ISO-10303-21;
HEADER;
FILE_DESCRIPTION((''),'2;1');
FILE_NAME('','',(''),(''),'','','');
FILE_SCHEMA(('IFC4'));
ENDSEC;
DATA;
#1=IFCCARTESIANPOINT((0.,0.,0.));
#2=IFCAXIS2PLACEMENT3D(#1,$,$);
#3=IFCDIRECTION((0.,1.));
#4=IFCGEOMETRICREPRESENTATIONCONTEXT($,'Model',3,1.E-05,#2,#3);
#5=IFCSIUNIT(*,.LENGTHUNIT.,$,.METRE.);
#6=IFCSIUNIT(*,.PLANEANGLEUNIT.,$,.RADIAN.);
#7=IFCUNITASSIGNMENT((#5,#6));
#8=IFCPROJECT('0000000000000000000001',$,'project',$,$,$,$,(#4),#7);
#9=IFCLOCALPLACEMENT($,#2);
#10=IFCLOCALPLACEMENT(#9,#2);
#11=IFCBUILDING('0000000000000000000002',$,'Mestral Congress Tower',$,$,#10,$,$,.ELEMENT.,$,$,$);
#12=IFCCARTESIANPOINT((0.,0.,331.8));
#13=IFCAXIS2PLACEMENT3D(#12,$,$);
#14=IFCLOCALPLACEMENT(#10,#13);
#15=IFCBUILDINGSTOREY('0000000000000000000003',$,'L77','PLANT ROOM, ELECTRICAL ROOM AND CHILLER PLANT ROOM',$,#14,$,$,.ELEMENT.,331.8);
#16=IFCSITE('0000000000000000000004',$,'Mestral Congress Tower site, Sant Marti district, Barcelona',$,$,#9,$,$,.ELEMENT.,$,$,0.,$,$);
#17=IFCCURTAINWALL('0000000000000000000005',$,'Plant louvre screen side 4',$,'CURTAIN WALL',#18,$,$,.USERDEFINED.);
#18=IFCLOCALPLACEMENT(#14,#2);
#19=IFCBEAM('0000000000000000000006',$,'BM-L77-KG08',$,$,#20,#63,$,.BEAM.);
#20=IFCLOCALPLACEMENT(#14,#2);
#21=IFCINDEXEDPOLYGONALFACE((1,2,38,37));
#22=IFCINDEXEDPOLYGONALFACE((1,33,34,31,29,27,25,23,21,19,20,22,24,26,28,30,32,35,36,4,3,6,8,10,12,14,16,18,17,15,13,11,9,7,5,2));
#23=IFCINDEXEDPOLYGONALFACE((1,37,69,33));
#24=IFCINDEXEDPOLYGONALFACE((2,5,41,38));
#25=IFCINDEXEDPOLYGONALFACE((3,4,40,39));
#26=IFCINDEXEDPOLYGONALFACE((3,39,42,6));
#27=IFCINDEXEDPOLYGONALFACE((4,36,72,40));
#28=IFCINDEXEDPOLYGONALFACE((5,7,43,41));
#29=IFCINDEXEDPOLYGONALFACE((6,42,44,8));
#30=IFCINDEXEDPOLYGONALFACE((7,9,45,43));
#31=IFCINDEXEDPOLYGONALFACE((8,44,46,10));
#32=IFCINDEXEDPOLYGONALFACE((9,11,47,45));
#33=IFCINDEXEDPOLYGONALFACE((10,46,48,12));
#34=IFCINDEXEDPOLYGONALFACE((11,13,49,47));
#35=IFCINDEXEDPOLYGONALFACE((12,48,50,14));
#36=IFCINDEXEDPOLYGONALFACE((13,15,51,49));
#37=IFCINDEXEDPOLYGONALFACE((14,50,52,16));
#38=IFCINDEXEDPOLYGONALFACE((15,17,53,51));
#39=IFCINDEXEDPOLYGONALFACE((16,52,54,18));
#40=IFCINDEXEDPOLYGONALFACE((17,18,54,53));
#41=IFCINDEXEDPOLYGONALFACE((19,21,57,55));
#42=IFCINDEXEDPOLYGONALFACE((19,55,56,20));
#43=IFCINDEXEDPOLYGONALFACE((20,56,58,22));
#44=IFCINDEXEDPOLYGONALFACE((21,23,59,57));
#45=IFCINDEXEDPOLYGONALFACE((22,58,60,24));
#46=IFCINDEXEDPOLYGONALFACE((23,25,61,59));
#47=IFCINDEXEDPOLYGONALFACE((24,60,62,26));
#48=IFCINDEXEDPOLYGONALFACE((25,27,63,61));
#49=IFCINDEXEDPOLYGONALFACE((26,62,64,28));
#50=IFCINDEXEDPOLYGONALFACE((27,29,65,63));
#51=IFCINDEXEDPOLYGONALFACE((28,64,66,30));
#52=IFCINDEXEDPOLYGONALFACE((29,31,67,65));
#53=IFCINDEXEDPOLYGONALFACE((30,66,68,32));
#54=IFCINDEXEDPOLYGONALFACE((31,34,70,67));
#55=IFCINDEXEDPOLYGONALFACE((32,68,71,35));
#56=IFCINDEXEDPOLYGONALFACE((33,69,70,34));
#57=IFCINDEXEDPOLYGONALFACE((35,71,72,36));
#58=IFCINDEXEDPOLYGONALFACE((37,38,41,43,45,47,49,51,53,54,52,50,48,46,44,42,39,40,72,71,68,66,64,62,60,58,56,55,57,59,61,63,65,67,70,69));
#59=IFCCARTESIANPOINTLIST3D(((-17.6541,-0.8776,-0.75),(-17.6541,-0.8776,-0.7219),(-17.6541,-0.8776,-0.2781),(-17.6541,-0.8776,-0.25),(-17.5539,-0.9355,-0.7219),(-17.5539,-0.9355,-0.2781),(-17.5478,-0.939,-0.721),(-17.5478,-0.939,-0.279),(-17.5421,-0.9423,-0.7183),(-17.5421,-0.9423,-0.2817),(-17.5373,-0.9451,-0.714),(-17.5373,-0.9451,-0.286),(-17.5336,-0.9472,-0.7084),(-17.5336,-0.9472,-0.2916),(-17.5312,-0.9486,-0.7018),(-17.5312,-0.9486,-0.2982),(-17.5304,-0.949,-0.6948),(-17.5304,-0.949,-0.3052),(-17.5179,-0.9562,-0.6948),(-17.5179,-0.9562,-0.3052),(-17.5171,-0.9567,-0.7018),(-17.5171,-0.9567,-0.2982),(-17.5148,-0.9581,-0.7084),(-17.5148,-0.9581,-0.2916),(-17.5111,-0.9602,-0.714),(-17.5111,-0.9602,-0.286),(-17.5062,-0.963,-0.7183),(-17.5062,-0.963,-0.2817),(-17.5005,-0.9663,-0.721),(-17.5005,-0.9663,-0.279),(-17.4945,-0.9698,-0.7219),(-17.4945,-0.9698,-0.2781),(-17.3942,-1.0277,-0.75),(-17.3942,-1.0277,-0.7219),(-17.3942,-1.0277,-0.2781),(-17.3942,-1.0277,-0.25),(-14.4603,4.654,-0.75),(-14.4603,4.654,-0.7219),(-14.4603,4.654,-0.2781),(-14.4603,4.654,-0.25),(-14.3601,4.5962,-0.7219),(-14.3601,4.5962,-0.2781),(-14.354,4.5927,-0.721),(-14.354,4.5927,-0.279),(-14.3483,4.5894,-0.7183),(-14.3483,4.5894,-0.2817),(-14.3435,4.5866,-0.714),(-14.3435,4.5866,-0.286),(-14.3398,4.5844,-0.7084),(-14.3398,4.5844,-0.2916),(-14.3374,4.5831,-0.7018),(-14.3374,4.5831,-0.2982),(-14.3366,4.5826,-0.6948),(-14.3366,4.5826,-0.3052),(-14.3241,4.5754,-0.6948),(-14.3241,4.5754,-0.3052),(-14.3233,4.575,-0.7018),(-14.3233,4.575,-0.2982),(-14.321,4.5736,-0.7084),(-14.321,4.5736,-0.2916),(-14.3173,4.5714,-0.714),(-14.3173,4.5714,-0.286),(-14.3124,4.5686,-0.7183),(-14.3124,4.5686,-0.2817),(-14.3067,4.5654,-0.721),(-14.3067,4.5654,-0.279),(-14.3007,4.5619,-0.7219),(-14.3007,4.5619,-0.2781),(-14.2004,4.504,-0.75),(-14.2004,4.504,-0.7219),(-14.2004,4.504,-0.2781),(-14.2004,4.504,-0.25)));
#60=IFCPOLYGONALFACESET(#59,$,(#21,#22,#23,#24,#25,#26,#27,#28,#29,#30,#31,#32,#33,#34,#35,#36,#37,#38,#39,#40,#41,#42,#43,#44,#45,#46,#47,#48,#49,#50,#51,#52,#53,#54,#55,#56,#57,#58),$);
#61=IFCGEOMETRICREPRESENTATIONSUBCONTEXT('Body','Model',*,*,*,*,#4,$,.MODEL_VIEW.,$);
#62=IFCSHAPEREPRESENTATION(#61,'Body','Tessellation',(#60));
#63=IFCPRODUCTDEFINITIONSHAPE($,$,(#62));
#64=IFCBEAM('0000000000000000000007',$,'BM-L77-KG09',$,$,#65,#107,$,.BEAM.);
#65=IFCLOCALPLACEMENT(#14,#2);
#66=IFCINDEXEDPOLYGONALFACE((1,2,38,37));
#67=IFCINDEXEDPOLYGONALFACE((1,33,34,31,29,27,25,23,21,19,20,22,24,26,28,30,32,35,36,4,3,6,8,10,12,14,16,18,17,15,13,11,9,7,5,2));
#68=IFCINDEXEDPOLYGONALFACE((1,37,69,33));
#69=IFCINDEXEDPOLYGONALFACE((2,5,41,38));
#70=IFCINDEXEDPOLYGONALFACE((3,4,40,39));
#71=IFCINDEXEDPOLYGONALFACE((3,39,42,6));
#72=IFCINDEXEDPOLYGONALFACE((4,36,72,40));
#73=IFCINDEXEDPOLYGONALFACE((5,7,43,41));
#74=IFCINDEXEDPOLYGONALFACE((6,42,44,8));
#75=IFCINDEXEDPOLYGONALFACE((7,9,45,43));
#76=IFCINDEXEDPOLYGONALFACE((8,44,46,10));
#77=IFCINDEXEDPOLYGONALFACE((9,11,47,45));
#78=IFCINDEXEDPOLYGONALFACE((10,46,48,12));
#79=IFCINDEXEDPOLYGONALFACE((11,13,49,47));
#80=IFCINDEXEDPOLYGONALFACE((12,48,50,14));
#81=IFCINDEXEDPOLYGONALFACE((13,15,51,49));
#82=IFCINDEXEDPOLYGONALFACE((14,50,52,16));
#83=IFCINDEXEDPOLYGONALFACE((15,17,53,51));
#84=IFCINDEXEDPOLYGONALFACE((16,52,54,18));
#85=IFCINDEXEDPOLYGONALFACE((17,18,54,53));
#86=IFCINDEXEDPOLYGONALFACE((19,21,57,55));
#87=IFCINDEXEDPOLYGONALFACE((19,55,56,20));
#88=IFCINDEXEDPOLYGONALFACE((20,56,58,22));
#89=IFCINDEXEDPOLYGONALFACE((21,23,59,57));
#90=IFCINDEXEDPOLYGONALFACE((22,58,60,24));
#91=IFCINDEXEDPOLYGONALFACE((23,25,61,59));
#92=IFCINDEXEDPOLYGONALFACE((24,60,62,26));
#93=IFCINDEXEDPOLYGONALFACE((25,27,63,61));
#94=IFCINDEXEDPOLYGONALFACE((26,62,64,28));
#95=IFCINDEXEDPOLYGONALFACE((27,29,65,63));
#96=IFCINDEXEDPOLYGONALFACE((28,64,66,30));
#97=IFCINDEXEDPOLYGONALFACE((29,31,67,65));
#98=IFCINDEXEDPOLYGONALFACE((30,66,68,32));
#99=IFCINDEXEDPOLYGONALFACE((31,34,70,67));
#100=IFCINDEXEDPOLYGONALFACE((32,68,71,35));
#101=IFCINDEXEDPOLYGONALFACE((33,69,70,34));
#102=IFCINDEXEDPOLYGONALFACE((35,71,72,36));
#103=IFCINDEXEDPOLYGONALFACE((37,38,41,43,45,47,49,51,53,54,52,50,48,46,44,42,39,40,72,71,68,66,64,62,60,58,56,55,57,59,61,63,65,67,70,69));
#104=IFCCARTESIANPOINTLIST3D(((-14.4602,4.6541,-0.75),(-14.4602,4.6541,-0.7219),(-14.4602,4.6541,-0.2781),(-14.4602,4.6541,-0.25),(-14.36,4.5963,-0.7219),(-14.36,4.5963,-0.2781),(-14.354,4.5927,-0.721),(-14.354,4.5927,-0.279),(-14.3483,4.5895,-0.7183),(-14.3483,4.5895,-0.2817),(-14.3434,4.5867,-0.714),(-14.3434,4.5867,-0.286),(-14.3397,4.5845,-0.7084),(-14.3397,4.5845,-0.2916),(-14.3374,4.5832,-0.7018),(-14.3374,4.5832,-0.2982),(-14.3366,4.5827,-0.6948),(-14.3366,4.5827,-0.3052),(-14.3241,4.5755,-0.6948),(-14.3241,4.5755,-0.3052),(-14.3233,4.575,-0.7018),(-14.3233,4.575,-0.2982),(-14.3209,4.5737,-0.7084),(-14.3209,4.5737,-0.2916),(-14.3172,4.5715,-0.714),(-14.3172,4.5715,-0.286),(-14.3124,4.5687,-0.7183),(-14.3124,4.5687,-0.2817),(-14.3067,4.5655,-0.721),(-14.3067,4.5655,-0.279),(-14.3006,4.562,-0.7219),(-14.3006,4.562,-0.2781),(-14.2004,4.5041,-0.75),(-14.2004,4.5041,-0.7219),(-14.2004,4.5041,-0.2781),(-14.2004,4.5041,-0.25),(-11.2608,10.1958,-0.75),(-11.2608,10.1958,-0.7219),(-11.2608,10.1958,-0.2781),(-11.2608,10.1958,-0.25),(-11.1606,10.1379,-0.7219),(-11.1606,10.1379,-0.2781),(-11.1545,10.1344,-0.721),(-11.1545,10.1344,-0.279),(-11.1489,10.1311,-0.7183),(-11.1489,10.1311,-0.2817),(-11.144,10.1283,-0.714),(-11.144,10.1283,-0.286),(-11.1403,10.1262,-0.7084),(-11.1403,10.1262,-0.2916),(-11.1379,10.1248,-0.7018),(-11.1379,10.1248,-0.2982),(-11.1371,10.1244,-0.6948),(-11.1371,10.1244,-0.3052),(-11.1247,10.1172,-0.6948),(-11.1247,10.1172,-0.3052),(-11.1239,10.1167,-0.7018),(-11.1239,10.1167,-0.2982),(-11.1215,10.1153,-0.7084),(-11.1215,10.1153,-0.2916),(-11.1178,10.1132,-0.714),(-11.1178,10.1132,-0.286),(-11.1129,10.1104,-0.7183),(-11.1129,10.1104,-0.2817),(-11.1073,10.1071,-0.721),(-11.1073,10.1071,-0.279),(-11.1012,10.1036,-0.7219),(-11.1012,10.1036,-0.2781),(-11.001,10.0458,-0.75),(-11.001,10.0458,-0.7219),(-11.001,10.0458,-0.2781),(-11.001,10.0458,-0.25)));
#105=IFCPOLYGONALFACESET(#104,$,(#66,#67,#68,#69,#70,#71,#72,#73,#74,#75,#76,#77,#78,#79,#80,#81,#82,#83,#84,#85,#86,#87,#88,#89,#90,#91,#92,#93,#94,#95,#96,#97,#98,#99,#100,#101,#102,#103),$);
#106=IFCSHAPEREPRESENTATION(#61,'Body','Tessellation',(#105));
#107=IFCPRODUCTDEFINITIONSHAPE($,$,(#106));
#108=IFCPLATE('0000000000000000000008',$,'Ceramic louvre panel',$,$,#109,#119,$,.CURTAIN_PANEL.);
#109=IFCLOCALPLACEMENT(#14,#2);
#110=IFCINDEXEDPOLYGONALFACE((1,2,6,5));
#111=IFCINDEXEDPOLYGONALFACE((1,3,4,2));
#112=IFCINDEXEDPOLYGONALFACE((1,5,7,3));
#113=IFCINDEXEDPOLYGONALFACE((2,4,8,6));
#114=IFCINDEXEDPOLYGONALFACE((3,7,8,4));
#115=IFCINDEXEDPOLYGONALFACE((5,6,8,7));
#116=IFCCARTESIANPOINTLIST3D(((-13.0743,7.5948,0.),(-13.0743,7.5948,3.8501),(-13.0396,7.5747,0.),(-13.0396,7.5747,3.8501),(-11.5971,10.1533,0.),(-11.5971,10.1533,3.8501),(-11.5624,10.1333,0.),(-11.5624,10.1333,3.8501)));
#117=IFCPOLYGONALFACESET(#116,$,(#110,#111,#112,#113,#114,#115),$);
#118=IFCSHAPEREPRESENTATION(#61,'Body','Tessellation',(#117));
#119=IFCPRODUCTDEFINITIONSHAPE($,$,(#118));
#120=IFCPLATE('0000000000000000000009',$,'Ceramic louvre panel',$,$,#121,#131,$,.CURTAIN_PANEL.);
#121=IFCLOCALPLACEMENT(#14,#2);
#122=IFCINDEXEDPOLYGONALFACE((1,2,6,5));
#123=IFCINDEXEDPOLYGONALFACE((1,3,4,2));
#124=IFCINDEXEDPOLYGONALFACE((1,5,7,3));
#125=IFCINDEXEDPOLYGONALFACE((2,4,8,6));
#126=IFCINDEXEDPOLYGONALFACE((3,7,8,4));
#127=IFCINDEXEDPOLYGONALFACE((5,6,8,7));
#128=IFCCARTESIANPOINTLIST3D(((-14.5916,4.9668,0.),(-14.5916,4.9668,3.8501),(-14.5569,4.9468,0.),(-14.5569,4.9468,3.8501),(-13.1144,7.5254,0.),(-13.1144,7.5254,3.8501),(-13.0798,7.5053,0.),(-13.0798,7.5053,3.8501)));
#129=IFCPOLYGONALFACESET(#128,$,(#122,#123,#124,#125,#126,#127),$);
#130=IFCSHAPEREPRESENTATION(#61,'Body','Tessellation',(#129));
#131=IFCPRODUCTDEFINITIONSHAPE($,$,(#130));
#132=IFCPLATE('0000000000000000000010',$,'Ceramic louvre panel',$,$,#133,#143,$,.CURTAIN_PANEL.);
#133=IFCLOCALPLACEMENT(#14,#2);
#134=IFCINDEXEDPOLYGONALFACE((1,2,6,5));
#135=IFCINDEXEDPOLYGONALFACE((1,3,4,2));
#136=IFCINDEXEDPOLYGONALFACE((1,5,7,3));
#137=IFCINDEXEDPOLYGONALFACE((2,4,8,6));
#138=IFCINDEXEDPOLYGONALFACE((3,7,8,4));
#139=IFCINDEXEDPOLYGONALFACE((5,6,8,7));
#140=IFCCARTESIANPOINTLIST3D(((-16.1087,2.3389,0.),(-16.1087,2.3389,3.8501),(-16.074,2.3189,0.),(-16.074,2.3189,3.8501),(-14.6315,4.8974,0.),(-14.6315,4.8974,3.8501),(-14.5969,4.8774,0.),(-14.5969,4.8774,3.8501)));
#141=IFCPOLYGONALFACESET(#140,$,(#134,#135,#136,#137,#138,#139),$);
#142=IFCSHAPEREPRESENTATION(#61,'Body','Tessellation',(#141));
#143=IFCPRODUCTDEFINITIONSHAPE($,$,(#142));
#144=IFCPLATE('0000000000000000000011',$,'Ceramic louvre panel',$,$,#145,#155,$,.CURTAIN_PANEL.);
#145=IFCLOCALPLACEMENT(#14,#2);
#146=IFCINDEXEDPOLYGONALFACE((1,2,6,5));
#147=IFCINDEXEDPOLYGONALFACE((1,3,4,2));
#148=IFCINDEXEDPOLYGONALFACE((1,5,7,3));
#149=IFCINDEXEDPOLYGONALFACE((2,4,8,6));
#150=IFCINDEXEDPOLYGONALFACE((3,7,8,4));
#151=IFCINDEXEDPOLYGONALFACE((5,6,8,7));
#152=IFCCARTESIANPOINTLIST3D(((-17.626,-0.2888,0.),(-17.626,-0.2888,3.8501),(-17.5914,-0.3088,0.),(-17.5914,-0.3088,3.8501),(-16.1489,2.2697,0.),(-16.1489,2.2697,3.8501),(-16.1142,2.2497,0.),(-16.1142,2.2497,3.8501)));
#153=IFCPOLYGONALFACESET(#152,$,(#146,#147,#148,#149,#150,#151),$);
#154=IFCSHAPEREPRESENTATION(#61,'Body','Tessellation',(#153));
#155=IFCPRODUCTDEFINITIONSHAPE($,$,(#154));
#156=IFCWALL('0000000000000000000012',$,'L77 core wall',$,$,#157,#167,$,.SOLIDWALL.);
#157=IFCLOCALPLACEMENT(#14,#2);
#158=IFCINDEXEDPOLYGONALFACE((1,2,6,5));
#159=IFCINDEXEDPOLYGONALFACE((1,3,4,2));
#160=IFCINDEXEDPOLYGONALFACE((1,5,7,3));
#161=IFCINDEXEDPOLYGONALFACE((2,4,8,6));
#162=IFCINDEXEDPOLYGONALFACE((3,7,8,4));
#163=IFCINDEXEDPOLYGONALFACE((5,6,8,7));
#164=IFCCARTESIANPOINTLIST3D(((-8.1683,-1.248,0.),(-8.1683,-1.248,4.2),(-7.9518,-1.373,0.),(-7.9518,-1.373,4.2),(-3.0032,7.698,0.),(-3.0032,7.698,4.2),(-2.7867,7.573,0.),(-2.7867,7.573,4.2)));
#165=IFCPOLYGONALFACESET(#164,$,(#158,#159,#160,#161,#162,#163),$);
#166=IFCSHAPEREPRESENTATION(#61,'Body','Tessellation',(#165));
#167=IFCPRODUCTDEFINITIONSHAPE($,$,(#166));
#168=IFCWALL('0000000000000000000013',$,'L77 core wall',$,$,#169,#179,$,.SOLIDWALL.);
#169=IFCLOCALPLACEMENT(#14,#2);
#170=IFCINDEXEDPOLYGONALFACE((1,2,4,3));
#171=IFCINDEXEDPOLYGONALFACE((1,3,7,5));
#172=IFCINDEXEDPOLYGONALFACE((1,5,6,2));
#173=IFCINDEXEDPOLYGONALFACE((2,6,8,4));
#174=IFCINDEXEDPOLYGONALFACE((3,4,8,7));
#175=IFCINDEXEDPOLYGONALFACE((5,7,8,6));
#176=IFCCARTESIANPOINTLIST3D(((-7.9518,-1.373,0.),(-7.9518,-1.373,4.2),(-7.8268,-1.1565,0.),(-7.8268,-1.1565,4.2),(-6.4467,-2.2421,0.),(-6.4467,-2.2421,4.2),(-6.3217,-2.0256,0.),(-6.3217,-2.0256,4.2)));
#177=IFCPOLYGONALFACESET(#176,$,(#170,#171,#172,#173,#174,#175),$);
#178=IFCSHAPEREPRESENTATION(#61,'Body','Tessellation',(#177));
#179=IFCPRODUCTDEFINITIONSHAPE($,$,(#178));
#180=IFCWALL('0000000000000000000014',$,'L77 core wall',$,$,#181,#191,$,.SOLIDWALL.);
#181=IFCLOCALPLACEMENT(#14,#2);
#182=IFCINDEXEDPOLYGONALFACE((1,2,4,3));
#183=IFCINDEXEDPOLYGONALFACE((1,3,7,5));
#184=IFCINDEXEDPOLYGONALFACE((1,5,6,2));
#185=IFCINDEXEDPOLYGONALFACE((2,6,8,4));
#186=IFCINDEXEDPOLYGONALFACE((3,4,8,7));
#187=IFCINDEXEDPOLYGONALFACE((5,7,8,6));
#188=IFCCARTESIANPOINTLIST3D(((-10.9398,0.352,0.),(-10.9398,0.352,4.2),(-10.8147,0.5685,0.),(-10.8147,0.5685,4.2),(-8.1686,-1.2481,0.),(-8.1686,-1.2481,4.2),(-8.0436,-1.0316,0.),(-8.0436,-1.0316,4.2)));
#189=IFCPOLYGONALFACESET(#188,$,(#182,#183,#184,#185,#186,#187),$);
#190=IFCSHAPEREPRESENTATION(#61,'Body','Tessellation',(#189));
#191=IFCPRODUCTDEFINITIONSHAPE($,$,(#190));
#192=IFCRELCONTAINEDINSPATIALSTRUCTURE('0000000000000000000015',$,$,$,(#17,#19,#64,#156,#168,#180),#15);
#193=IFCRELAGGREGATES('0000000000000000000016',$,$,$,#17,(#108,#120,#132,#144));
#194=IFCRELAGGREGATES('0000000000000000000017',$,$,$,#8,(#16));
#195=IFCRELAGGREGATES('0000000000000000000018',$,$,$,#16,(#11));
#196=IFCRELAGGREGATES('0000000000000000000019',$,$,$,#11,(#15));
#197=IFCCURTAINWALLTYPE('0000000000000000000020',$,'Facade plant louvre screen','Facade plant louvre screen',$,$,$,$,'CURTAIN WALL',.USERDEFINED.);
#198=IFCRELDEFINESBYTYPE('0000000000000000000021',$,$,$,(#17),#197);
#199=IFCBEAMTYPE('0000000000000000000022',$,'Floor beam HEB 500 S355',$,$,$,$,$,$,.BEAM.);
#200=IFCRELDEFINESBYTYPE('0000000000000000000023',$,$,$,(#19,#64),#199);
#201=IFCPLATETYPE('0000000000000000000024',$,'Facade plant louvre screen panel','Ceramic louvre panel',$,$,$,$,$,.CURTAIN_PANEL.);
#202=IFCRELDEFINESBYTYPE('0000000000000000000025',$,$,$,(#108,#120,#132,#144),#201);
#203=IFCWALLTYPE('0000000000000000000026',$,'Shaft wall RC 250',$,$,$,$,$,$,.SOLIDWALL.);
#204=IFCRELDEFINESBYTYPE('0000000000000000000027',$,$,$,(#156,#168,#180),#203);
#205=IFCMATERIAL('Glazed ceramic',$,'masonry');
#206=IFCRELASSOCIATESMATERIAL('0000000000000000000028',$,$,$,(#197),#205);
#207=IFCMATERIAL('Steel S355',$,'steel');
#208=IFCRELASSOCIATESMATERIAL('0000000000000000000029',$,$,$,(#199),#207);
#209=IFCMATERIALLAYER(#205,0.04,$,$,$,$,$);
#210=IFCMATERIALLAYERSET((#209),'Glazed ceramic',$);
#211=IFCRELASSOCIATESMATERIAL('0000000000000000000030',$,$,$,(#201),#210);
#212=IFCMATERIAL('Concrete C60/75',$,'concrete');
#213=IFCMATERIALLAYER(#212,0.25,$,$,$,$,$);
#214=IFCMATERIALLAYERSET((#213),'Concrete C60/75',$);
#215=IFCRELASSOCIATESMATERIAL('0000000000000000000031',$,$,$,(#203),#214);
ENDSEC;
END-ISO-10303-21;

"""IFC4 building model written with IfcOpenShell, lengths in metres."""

from ifc_helpers import new_model, si_unit, direction, frame, frame_2d, origin, origin_2d, place, context, subcontext, project, spatial, rectangle, i_section, extrude, material, layer, layer_set, material_profile, profile_set, type_object, element, aggregate, save


model = new_model("IFC4")

# Units and contexts
model_context = context("Model", 3, precision=1e-05, world=origin(), true_north=direction((0.0, 1.0)))
body_context = subcontext(model_context, "Body", "Model", "MODEL_VIEW")
ifc_project = project(units=[si_unit("LENGTHUNIT", "METRE"), si_unit("PLANEANGLEUNIT", "RADIAN")], contexts=[model_context])

# Site, building, storey
site_placement = place(None, origin())
site = spatial("IfcSite", under=ifc_project, at=site_placement, Name="Mestral Congress Tower site, Sant Marti district, Barcelona", CompositionType="ELEMENT", RefElevation=0.0)
building_placement = place(site_placement, origin())
building = spatial("IfcBuilding", under=site, at=building_placement, Name="Mestral Congress Tower", CompositionType="ELEMENT")
storey_placement = place(building_placement, frame((0.0, 0.0, 331.8)))
storey = spatial("IfcBuildingStorey", under=building, at=storey_placement, Name="L77", Description="PLANT ROOM, ELECTRICAL ROOM AND CHILLER PLANT ROOM", CompositionType="ELEMENT", Elevation=331.8)

# Shared definitions
ifc_material_1 = material(Name="Steel S355", Category="steel")

# Curtain wall
ifc_material_2 = material(Name="Glazed ceramic", Category="masonry")
curtain_wall_type = type_object("IfcCurtainWallType", Name="Facade plant louvre screen", Description="Facade plant louvre screen", ElementType="CURTAIN WALL", PredefinedType="USERDEFINED", material=ifc_material_2)
curtain_wall_placement = place(storey_placement, origin())
curtain_wall = element("IfcCurtainWall", 1, at=curtain_wall_placement, inside=storey, type_object=curtain_wall_type, Name="Plant louvre screen side 4", ObjectType="CURTAIN WALL", PredefinedType="USERDEFINED")

# Beams
ifc_material_profile_1 = material_profile(ifc_material_1, i_section(OverallWidth=0.3, OverallDepth=0.5, WebThickness=0.0144, FlangeThickness=0.0281, FilletRadius=0.0271, at=origin_2d()), Name="HEB 500")
ifc_profile_set_1 = profile_set([ifc_material_profile_1], Name="Steel S355")
beam_type_1 = type_object("IfcBeamType", Name="Floor beam HEB 500 S355", PredefinedType="BEAM", material=ifc_profile_set_1)
beam_1_placement = place(storey_placement, frame((-17.5242, -0.9526, -0.5), z_axis=(0.500011, 0.866019, 0.0), x_axis=(-0.866019, 0.500011, 0.0)))
element("IfcBeam", 2, at=beam_1_placement, inside=storey, type_object=beam_type_1, Name="BM-L77-KG08", PredefinedType="BEAM", context=body_context, shape_type="SweptSolid", body=[
    extrude(i_section(OverallWidth=0.3, OverallDepth=0.5, WebThickness=0.0144, FlangeThickness=0.0281, FilletRadius=0.0271, at=origin_2d()), origin(), (0.0, 0.0, 1.0), 6.3875),
])
beam_2_placement = place(storey_placement, frame((-14.3303, 4.5791, -0.5), z_axis=(0.499992, 0.86603, 0.0), x_axis=(-0.86603, 0.499992, 0.0)))
element("IfcBeam", 3, at=beam_2_placement, inside=storey, type_object=beam_type_1, Name="BM-L77-KG09", PredefinedType="BEAM", context=body_context, shape_type="SweptSolid", body=[
    extrude(i_section(OverallWidth=0.3, OverallDepth=0.5, WebThickness=0.0144, FlangeThickness=0.0281, FilletRadius=0.0271, at=origin_2d()), origin(), (0.0, 0.0, 1.0), 6.3989),
])

# Plates
ifc_layer_1 = layer(ifc_material_2, 0.04)
ifc_layer_set_1 = layer_set([ifc_layer_1], Name="Glazed ceramic")
plate_type = type_object("IfcPlateType", Name="Facade plant louvre screen panel", Description="Ceramic louvre panel", PredefinedType="CURTAIN_PANEL", material=ifc_layer_set_1)
plate_1_placement = place(storey_placement, frame((-12.3184, 8.864, 0.0), z_axis=(0.0, 0.0, 1.0), x_axis=(-0.500002, -0.866025, 0.0)))
plate_1 = element("IfcPlate", 4, at=plate_1_placement, type_object=plate_type, Name="Ceramic louvre panel", PredefinedType="CURTAIN_PANEL", context=body_context, shape_type="SweptSolid", body=[
    extrude(rectangle(XDim=2.9543, YDim=0.04, at=origin_2d()), origin(), (0.0, 0.0, 1.0), 3.8501),
])
plate_2_placement = place(storey_placement, frame((-13.8357, 6.2361, 0.0), z_axis=(0.0, 0.0, 1.0), x_axis=(-0.500002, -0.866025, 0.0)))
plate_2 = element("IfcPlate", 5, at=plate_2_placement, type_object=plate_type, Name="Ceramic louvre panel", PredefinedType="CURTAIN_PANEL", context=body_context, shape_type="SweptSolid", body=[
    extrude(rectangle(XDim=2.9543, YDim=0.04, at=origin_2d()), origin(), (0.0, 0.0, 1.0), 3.8501),
])
plate_3_placement = place(storey_placement, frame((-15.3528, 3.6082, 0.0), z_axis=(0.0, 0.0, 1.0), x_axis=(-0.500002, -0.866025, 0.0)))
plate_3 = element("IfcPlate", 6, at=plate_3_placement, type_object=plate_type, Name="Ceramic louvre panel", PredefinedType="CURTAIN_PANEL", context=body_context, shape_type="SweptSolid", body=[
    extrude(rectangle(XDim=2.9543, YDim=0.04, at=origin_2d()), origin(), (0.0, 0.0, 1.0), 3.8501),
])
plate_4_placement = place(storey_placement, frame((-16.8701, 0.9805, 0.0), z_axis=(0.0, 0.0, 1.0), x_axis=(-0.500002, -0.866025, 0.0)))
plate_4 = element("IfcPlate", 7, at=plate_4_placement, type_object=plate_type, Name="Ceramic louvre panel", PredefinedType="CURTAIN_PANEL", context=body_context, shape_type="SweptSolid", body=[
    extrude(rectangle(XDim=2.9543, YDim=0.04, at=origin_2d()), origin(), (0.0, 0.0, 1.0), 3.8501),
])
aggregate(curtain_wall, [plate_1, plate_2, plate_3, plate_4])

# Walls
ifc_material_3 = material(Name="Concrete C60/75", Category="concrete")
ifc_layer_2 = layer(ifc_material_3, 0.25)
ifc_layer_set_2 = layer_set([ifc_layer_2], Name="Concrete C60/75")
wall_type_1 = type_object("IfcWallType", Name="Shaft wall RC 250", PredefinedType="SOLIDWALL", material=ifc_layer_set_2)
wall_1_placement = place(storey_placement, frame((-8.0601, -1.3105, 0.0), z_axis=(0.0, 0.0, 1.0), x_axis=(0.500003, 0.866024, 0.0)))
element("IfcWall", 8, at=wall_1_placement, inside=storey, type_object=wall_type_1, Name="L77 core wall", PredefinedType="SOLIDWALL", context=body_context, shape_type="SweptSolid", body=[
    extrude(rectangle(XDim=10.3301, YDim=0.25, at=frame_2d((5.165, 0.0))), origin(), (0.0, 0.0, 1.0), 4.2),
])
wall_2_placement = place(storey_placement, frame((-7.8894, -1.2646, 0.0), z_axis=(0.0, 0.0, 1.0), x_axis=(0.865987, -0.500067, 0.0)))
element("IfcWall", 9, at=wall_2_placement, inside=storey, type_object=wall_type_1, Name="L77 core wall", PredefinedType="SOLIDWALL", context=body_context, shape_type="SweptSolid", body=[
    extrude(rectangle(XDim=1.738, YDim=0.25, at=frame_2d((0.8691, 0.0))), origin(), (0.0, 0.0, 1.0), 4.2),
])
wall_3_placement = place(storey_placement, frame((-8.106, -1.1399, 0.0), z_axis=(0.0, 0.0, 1.0), x_axis=(-0.866009, 0.500028, 0.0)))
element("IfcWall", 10, at=wall_3_placement, inside=storey, type_object=wall_type_1, Name="L77 core wall", PredefinedType="SOLIDWALL", context=body_context, shape_type="SweptSolid", body=[
    extrude(rectangle(XDim=3.2, YDim=0.25, at=frame_2d((1.6001, 0.0))), origin(), (0.0, 0.0, 1.0), 4.2),
])

save(model, "model.ifc")
